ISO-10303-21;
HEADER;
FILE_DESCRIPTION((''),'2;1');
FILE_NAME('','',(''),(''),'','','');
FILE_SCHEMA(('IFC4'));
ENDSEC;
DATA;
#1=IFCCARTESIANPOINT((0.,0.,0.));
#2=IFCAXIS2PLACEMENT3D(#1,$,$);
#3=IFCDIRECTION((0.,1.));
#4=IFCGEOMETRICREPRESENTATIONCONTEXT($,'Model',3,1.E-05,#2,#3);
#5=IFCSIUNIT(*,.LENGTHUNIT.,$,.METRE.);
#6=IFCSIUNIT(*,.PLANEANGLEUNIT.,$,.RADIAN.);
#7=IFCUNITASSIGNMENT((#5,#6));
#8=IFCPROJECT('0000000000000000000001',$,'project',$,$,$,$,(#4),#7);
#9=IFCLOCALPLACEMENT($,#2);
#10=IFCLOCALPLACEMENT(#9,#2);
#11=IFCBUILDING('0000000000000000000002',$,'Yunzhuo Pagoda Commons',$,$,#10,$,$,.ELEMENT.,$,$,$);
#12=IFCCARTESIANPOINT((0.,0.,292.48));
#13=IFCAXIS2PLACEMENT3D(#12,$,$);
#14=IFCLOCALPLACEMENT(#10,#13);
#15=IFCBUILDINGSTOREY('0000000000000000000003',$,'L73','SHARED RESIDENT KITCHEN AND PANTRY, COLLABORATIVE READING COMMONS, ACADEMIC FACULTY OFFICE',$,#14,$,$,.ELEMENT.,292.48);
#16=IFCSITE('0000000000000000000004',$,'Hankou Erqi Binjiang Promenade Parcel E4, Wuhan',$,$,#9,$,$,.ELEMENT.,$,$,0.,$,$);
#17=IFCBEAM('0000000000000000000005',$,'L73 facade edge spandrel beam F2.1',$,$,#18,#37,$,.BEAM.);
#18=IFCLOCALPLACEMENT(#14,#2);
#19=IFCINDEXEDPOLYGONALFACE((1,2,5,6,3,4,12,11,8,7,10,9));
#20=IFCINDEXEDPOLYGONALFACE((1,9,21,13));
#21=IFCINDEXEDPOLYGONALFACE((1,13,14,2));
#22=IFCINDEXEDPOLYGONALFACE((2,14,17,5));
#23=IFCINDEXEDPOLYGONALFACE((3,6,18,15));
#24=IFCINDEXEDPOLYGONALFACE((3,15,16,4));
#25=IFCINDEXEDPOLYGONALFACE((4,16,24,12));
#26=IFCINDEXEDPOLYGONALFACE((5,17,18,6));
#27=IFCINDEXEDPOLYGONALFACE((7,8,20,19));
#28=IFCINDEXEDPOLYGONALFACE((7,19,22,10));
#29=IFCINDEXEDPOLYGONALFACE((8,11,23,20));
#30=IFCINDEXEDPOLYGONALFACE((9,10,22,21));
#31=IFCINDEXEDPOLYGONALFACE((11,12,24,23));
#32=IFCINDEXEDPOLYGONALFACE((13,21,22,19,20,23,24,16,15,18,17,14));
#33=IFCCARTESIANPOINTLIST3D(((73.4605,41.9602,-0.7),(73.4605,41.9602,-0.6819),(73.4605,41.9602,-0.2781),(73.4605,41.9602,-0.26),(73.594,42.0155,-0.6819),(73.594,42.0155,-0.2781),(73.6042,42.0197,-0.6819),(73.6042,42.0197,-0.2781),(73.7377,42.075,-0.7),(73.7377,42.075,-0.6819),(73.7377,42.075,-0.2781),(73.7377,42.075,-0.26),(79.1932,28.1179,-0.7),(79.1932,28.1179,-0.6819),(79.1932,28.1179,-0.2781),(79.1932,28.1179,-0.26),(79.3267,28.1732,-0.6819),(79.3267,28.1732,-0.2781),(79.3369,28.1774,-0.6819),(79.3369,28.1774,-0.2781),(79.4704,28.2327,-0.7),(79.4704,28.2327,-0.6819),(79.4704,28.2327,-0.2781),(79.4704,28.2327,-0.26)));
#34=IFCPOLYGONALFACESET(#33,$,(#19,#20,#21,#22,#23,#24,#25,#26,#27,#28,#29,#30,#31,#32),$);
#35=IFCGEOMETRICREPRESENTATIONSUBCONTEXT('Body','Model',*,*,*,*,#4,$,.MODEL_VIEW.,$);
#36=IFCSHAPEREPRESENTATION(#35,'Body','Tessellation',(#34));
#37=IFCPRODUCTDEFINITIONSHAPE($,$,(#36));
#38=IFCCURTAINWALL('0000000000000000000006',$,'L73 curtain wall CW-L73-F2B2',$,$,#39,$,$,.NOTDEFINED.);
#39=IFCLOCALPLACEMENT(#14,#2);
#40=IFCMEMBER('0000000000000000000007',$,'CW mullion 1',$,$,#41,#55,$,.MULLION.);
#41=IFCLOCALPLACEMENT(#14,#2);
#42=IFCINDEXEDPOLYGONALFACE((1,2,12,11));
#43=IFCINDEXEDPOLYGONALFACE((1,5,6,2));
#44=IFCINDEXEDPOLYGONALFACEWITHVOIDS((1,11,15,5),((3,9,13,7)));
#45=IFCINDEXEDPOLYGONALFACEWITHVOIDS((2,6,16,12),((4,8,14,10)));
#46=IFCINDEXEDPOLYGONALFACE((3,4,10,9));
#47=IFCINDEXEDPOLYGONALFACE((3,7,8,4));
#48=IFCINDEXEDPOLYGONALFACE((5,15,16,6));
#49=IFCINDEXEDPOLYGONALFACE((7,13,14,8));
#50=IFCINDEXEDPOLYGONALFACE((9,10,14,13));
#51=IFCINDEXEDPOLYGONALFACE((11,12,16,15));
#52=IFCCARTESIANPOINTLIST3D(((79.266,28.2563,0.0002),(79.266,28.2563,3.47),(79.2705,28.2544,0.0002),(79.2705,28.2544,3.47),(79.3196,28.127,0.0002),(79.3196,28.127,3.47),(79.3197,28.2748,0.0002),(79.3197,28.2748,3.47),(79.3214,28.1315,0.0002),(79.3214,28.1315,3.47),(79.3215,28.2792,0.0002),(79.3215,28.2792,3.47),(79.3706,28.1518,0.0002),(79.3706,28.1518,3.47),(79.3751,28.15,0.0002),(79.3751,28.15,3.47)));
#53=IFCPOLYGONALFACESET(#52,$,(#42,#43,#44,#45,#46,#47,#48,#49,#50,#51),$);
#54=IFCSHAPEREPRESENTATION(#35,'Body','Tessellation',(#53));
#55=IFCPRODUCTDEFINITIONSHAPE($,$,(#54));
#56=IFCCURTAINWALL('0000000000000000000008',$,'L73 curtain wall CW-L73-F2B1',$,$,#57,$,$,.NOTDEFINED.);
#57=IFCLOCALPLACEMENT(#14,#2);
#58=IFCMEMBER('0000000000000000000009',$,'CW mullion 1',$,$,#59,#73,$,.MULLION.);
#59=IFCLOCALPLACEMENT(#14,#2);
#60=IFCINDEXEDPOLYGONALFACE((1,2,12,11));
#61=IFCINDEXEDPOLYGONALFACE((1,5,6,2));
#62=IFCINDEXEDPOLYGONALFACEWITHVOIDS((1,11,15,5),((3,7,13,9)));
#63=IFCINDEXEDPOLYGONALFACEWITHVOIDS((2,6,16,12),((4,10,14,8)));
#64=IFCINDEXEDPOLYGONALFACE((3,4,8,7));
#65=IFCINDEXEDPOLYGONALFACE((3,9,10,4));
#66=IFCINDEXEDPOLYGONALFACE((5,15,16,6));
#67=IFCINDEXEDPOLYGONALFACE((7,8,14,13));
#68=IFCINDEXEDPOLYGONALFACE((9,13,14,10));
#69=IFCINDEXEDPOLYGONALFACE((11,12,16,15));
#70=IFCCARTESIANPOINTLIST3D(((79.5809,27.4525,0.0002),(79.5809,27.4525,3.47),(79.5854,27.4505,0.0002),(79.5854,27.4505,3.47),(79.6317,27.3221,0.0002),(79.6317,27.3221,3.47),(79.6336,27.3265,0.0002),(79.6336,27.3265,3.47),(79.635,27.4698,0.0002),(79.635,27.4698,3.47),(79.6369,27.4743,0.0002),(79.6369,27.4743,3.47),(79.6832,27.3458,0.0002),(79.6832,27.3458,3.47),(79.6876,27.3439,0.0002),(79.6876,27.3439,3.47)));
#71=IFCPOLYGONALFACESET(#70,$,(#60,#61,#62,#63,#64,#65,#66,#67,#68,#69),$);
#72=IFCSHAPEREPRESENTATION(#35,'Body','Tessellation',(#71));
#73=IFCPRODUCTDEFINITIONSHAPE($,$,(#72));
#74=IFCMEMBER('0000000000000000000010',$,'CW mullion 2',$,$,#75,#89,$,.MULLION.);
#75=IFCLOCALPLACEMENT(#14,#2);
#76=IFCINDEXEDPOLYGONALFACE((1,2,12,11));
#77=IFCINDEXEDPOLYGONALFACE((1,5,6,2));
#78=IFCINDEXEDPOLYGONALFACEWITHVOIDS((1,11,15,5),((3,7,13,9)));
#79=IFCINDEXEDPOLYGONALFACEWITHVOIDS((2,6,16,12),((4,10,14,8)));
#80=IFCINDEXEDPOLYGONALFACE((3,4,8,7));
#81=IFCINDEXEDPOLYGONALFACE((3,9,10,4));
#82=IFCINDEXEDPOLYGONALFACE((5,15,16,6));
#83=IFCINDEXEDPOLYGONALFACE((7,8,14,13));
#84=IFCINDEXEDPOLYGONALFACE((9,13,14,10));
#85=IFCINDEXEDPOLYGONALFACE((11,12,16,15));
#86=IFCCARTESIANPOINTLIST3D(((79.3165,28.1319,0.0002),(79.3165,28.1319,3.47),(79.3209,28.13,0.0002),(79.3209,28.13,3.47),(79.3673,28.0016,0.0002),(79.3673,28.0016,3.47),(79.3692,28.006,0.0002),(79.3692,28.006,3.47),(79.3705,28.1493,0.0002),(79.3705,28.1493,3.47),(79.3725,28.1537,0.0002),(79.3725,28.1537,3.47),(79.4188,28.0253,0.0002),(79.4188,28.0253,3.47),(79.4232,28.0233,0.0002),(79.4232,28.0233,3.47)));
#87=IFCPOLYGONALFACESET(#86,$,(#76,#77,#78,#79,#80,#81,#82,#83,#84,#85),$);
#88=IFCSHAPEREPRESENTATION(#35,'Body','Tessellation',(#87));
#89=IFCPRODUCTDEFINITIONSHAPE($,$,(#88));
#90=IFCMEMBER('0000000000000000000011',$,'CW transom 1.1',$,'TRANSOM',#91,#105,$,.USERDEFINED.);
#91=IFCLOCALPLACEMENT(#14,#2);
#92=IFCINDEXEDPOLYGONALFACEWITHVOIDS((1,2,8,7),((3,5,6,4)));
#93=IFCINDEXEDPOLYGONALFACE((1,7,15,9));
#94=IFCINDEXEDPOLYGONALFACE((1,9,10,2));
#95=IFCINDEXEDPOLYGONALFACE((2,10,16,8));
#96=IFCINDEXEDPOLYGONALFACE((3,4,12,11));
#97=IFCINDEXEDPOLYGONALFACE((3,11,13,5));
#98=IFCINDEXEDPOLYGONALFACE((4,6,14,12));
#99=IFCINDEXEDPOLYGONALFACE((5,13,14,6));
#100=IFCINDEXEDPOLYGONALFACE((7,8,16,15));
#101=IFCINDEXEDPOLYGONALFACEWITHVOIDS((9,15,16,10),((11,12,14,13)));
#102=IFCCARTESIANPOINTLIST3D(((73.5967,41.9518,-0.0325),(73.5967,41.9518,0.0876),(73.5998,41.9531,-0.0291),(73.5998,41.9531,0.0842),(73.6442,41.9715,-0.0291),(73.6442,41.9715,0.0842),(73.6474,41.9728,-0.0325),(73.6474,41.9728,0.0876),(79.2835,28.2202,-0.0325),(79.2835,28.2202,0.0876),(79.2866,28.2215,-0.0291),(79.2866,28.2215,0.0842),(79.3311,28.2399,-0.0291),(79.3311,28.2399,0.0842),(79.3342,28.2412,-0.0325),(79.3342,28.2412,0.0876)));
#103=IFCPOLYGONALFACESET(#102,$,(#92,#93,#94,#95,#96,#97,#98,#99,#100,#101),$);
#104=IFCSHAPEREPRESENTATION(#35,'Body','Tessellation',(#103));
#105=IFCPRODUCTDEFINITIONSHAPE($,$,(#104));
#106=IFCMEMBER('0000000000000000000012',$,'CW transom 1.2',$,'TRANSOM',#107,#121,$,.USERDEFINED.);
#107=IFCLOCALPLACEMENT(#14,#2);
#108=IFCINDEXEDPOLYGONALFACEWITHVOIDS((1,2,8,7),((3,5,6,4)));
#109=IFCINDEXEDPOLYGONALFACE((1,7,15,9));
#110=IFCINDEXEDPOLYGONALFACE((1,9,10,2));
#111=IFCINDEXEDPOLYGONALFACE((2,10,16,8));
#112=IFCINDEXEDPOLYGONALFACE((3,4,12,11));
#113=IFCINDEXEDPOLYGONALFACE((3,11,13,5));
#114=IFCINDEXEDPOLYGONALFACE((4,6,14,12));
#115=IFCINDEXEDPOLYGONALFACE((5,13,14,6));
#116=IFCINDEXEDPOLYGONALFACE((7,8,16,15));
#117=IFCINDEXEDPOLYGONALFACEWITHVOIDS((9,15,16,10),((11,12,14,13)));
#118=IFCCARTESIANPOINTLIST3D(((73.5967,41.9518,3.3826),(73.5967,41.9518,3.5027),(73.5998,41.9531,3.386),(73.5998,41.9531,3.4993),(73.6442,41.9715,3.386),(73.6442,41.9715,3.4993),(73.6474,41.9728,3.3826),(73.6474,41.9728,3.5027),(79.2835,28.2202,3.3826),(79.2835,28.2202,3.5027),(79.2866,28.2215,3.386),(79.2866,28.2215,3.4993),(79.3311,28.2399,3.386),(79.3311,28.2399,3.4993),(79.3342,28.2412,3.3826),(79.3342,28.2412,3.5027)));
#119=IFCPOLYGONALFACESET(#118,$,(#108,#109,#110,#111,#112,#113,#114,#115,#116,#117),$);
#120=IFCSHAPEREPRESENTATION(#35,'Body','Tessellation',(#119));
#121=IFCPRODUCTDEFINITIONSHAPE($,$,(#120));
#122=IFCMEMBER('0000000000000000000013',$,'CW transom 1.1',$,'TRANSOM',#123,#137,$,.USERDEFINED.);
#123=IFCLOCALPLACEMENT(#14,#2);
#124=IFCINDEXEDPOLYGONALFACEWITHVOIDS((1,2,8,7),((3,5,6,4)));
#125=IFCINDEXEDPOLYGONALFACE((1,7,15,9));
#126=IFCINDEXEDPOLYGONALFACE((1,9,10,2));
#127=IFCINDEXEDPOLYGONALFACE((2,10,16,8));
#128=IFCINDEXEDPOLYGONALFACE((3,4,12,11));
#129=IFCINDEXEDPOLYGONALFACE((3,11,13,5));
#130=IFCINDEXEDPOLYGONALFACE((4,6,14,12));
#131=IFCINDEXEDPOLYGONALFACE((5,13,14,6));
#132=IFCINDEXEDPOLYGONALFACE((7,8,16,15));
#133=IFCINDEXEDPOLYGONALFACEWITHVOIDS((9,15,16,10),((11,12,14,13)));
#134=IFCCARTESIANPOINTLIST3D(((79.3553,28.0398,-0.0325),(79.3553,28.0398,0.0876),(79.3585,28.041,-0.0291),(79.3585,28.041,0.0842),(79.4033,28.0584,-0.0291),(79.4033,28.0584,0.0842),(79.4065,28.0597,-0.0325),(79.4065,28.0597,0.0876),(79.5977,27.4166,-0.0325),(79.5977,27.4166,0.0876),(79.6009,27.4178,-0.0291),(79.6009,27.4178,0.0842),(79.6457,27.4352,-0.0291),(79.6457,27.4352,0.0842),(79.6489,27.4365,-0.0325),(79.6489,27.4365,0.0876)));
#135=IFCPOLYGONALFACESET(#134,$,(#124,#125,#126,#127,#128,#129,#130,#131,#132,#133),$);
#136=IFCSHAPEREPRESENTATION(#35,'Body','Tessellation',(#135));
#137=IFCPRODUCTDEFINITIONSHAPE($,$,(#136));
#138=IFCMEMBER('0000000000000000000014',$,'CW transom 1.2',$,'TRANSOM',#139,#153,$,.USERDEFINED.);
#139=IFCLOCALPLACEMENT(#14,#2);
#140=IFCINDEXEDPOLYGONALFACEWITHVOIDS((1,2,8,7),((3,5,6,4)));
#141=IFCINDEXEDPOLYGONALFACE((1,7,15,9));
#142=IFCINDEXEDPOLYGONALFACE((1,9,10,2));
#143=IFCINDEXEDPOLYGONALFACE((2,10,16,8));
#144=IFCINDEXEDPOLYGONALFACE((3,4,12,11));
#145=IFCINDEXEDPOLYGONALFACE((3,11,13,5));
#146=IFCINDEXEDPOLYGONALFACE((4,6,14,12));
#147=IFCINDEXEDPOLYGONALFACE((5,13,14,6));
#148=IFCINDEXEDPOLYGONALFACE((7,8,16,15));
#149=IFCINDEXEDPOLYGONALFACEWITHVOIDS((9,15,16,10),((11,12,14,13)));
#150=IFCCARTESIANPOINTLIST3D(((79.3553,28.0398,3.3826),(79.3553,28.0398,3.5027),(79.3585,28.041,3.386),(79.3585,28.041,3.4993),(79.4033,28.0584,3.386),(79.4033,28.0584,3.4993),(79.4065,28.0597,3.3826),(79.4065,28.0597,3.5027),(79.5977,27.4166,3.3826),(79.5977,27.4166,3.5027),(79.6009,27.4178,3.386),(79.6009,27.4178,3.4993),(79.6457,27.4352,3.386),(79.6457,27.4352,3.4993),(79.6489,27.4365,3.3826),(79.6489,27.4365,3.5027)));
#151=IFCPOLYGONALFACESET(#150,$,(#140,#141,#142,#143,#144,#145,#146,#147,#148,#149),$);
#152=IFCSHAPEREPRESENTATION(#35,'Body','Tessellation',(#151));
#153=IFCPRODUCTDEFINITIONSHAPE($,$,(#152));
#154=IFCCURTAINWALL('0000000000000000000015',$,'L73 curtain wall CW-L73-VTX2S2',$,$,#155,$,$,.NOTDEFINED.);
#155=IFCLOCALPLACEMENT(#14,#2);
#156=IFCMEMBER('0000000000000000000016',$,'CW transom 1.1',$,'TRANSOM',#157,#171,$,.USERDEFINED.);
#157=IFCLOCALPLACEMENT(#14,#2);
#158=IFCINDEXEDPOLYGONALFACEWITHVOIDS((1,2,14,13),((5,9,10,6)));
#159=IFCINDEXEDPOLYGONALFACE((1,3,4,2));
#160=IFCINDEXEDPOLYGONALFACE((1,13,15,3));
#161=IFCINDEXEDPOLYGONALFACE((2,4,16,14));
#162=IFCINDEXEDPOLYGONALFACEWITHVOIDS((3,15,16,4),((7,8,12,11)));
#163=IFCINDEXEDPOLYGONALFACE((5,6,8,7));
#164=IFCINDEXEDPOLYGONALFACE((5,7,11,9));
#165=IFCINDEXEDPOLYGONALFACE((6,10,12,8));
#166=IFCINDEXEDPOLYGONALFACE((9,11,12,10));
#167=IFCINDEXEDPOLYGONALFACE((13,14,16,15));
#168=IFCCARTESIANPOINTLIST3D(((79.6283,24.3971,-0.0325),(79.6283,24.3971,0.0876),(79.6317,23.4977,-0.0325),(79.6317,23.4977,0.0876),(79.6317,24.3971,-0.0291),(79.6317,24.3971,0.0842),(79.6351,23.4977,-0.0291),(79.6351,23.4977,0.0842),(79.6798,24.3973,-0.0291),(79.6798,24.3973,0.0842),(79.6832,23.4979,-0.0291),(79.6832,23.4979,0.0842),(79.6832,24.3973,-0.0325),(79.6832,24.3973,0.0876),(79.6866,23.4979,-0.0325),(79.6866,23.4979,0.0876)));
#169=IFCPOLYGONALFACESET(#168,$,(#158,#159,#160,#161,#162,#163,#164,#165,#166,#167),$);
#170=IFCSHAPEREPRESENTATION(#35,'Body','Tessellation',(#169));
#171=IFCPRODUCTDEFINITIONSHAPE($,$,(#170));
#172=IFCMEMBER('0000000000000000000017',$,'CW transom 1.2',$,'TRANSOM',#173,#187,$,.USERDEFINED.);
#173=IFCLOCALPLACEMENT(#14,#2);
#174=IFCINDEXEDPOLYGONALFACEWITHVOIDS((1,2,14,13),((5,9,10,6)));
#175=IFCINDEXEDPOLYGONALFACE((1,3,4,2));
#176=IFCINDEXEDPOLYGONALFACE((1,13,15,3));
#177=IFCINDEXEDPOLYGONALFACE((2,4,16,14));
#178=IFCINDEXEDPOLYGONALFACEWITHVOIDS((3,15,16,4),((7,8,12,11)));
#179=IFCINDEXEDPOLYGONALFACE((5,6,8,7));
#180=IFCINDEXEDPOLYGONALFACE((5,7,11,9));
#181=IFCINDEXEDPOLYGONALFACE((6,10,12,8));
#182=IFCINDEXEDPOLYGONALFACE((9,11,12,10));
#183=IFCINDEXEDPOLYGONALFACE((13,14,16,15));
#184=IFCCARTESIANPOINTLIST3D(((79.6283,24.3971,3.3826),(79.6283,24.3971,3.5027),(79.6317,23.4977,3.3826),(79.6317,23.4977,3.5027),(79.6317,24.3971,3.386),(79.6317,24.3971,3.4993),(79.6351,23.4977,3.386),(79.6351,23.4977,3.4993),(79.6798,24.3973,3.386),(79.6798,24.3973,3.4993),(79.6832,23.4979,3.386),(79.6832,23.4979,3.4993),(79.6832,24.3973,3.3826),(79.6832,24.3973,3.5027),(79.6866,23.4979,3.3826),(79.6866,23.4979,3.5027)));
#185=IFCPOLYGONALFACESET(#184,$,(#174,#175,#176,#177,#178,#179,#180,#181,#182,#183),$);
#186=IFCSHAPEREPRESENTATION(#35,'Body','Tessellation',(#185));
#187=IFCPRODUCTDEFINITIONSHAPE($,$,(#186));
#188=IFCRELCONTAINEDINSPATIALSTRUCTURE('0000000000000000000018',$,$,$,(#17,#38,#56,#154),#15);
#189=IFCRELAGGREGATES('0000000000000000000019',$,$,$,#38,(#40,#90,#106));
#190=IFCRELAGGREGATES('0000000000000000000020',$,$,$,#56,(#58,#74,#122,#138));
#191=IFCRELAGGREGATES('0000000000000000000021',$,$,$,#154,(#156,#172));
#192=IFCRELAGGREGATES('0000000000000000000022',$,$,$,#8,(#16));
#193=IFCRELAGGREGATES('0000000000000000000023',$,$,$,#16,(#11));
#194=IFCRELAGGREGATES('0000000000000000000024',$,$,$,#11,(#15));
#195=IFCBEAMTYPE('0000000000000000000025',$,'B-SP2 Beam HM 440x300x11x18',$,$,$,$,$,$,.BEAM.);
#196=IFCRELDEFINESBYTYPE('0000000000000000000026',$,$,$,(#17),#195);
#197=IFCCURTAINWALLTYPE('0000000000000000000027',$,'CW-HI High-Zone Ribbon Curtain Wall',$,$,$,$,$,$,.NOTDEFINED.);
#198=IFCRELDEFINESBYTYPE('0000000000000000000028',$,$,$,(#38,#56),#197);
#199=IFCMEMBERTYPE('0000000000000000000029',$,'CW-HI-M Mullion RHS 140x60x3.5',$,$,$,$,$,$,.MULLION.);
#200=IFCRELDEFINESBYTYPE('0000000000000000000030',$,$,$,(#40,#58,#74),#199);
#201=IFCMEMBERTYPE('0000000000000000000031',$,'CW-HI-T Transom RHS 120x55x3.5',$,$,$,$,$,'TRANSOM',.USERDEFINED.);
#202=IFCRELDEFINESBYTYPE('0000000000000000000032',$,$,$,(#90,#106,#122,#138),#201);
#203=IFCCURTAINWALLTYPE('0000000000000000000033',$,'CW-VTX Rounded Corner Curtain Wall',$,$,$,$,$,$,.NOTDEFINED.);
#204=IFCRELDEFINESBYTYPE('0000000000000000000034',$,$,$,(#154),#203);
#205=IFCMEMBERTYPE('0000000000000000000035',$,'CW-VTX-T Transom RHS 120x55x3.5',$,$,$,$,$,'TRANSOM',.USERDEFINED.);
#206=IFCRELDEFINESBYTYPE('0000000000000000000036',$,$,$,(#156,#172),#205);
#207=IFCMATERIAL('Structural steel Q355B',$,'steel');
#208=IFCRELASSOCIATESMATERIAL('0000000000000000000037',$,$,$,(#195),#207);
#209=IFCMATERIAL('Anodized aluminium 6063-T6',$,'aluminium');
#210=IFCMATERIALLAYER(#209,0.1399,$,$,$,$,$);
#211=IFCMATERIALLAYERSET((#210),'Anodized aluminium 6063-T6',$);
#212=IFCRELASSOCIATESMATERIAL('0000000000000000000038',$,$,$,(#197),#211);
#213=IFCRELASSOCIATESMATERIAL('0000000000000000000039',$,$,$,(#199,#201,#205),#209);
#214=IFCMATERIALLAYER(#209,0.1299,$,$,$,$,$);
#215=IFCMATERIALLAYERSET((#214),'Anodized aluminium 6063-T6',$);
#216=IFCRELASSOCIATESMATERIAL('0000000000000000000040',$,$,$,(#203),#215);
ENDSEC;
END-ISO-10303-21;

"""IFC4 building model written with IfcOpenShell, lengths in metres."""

from ifc_helpers import new_model, si_unit, direction, frame, origin, origin_2d, place, context, subcontext, project, spatial, hollow_rectangle, i_section, extrude, source, transform, mapped, material, layer, layer_set, material_profile, profile_set, type_object, element, aggregate, save


model = new_model("IFC4")

# Units and contexts
model_context = context("Model", 3, precision=1e-05, world=origin(), true_north=direction((0.0, 1.0)))
body_context = subcontext(model_context, "Body", "Model", "MODEL_VIEW")
ifc_project = project(units=[si_unit("LENGTHUNIT", "METRE"), si_unit("PLANEANGLEUNIT", "RADIAN")], contexts=[model_context])

# Site, building, storey
site_placement = place(None, origin())
site = spatial("IfcSite", under=ifc_project, at=site_placement, Name="Hankou Erqi Binjiang Promenade Parcel E4, Wuhan", CompositionType="ELEMENT", RefElevation=0.0)
building_placement = place(site_placement, origin())
building = spatial("IfcBuilding", under=site, at=building_placement, Name="Yunzhuo Pagoda Commons", CompositionType="ELEMENT")
storey_placement = place(building_placement, frame((0.0, 0.0, 292.48)))
storey = spatial("IfcBuildingStorey", under=building, at=storey_placement, Name="L73", Description="SHARED RESIDENT KITCHEN AND PANTRY, COLLABORATIVE READING COMMONS, ACADEMIC FACULTY OFFICE", CompositionType="ELEMENT", Elevation=292.48)

# Beam
ifc_material_1 = material(Name="Structural steel Q355B", Category="steel")
ifc_material_profile_1 = material_profile(ifc_material_1, i_section(OverallWidth=0.3, OverallDepth=0.4399, WebThickness=0.011, FlangeThickness=0.0181, at=origin_2d()), Name="Structural steel Q355B")
ifc_profile_set_1 = profile_set([ifc_material_profile_1], Name="Structural steel Q355B")
beam_type = type_object("IfcBeamType", Name="B-SP2 Beam HM 440x300x11x18", PredefinedType="BEAM", material=ifc_profile_set_1)
shared_shape_1 = source(origin(), body_context, "Body", "SweptSolid", [
    extrude(i_section(OverallWidth=0.3, OverallDepth=0.4399, WebThickness=0.011, FlangeThickness=0.0181, at=origin_2d()), origin(), (0.0, 0.0, 1.0), 14.9824),
])
beam_placement = place(storey_placement, frame((79.3318, 28.1753, -0.48), z_axis=(-0.382627, 0.923903, 0.0), x_axis=(-0.923903, -0.382627, 0.0)))
element("IfcBeam", 1, at=beam_placement, inside=storey, type_object=beam_type, Name="L73 facade edge spandrel beam F2.1", PredefinedType="BEAM", context=body_context, shape_type="MappedRepresentation", body=[
    mapped(shared_shape_1, transform((0.0, 0.0, 0.0), scale=1.0)),
])

# Curtain wall, member
ifc_material_2 = material(Name="Anodized aluminium 6063-T6", Category="aluminium")
ifc_layer_1 = layer(ifc_material_2, 0.1399)
ifc_layer_set_1 = layer_set([ifc_layer_1], Name="Anodized aluminium 6063-T6")
curtain_wall_type_1 = type_object("IfcCurtainWallType", Name="CW-HI High-Zone Ribbon Curtain Wall", PredefinedType="NOTDEFINED", material=ifc_layer_set_1)
curtain_wall_1_placement = place(storey_placement, origin())
curtain_wall_1 = element("IfcCurtainWall", 2, at=curtain_wall_1_placement, inside=storey, type_object=curtain_wall_type_1, Name="L73 curtain wall CW-L73-F2B2", PredefinedType="NOTDEFINED")
ifc_material_profile_2 = material_profile(ifc_material_2, hollow_rectangle(XDim=0.0601, YDim=0.1399, WallThickness=0.0034, at=origin_2d()), Name="Anodized aluminium 6063-T6")
ifc_profile_set_2 = profile_set([ifc_material_profile_2], Name="Anodized aluminium 6063-T6")
member_type_1 = type_object("IfcMemberType", Name="CW-HI-M Mullion RHS 140x60x3.5", PredefinedType="MULLION", material=ifc_profile_set_2)
shared_shape_2 = source(origin(), body_context, "Body", "SweptSolid", [
    extrude(hollow_rectangle(XDim=0.0601, YDim=0.1399, WallThickness=0.0034, at=origin_2d()), origin(), (0.0, 0.0, 1.0), 3.4697),
])
member_1_placement = place(storey_placement, frame((79.3206, 28.2031, 0.0002), z_axis=(0.0, 0.0, 1.0), x_axis=(-0.923899, -0.382636, 0.0)))
member_1 = element("IfcMember", 3, at=member_1_placement, type_object=member_type_1, Name="CW mullion 1", PredefinedType="MULLION", context=body_context, shape_type="MappedRepresentation", body=[
    mapped(shared_shape_2, transform((0.0, 0.0, 0.0), scale=1.0)),
])

# Curtain wall, members
curtain_wall_2_placement = place(storey_placement, origin())
curtain_wall_2 = element("IfcCurtainWall", 4, at=curtain_wall_2_placement, inside=storey, type_object=curtain_wall_type_1, Name="L73 curtain wall CW-L73-F2B1", PredefinedType="NOTDEFINED")
member_2_placement = place(storey_placement, frame((79.6343, 27.3982, 0.0002), z_axis=(0.0, 0.0, 1.0), x_axis=(-0.931924, -0.362654, 0.0)))
member_2 = element("IfcMember", 5, at=member_2_placement, type_object=member_type_1, Name="CW mullion 1", PredefinedType="MULLION", context=body_context, shape_type="MappedRepresentation", body=[
    mapped(shared_shape_2, transform((0.0, 0.0, 0.0), scale=1.0)),
])
member_3_placement = place(storey_placement, frame((79.3699, 28.0776, 0.0002), z_axis=(0.0, 0.0, 1.0), x_axis=(-0.931924, -0.362654, 0.0)))
member_3 = element("IfcMember", 6, at=member_3_placement, type_object=member_type_1, Name="CW mullion 2", PredefinedType="MULLION", context=body_context, shape_type="MappedRepresentation", body=[
    mapped(shared_shape_2, transform((0.0, 0.0, 0.0), scale=1.0)),
])

# Members
ifc_material_profile_3 = material_profile(ifc_material_2, hollow_rectangle(XDim=0.0549, YDim=0.1201, WallThickness=0.0034, at=origin_2d()), Name="Anodized aluminium 6063-T6")
ifc_profile_set_3 = profile_set([ifc_material_profile_3], Name="Anodized aluminium 6063-T6")
member_type_2 = type_object("IfcMemberType", Name="CW-HI-T Transom RHS 120x55x3.5", ElementType="TRANSOM", PredefinedType="USERDEFINED", material=ifc_profile_set_3)
shared_shape_3 = source(origin(), body_context, "Body", "SweptSolid", [
    extrude(hollow_rectangle(XDim=0.0549, YDim=0.1201, WallThickness=0.0034, at=origin_2d()), origin(), (0.0, 0.0, 1.0), 14.8625),
])
member_4_placement = place(storey_placement, frame((79.3088, 28.2307, 0.0276), z_axis=(-0.382627, 0.923903, 0.0), x_axis=(-0.923903, -0.382627, 0.0)))
member_4 = element("IfcMember", 7, at=member_4_placement, type_object=member_type_2, Name="CW transom 1.1", ObjectType="TRANSOM", PredefinedType="USERDEFINED", context=body_context, shape_type="MappedRepresentation", body=[
    mapped(shared_shape_3, transform((0.0, 0.0, 0.0), scale=1.0)),
])
member_5_placement = place(storey_placement, frame((79.3088, 28.2307, 3.4426), z_axis=(-0.382627, 0.923903, 0.0), x_axis=(-0.923903, -0.382627, 0.0)))
member_5 = element("IfcMember", 8, at=member_5_placement, type_object=member_type_2, Name="CW transom 1.2", ObjectType="TRANSOM", PredefinedType="USERDEFINED", context=body_context, shape_type="MappedRepresentation", body=[
    mapped(shared_shape_3, transform((0.0, 0.0, 0.0), scale=1.0)),
])
aggregate(curtain_wall_1, [member_1, member_4, member_5])
shared_shape_4 = source(origin(), body_context, "Body", "SweptSolid", [
    extrude(hollow_rectangle(XDim=0.0549, YDim=0.1201, WallThickness=0.0034, at=origin_2d()), origin(), (0.0, 0.0, 1.0), 0.6687),
])
member_6_placement = place(storey_placement, frame((79.6233, 27.4265, 0.0276), z_axis=(-0.362499, 0.931984, 0.0), x_axis=(-0.931984, -0.362499, 0.0)))
member_6 = element("IfcMember", 9, at=member_6_placement, type_object=member_type_2, Name="CW transom 1.1", ObjectType="TRANSOM", PredefinedType="USERDEFINED", context=body_context, shape_type="MappedRepresentation", body=[
    mapped(shared_shape_4, transform((0.0, 0.0, 0.0), scale=1.0)),
])
member_7_placement = place(storey_placement, frame((79.6233, 27.4265, 3.4426), z_axis=(-0.362499, 0.931984, 0.0), x_axis=(-0.931984, -0.362499, 0.0)))
member_7 = element("IfcMember", 10, at=member_7_placement, type_object=member_type_2, Name="CW transom 1.2", ObjectType="TRANSOM", PredefinedType="USERDEFINED", context=body_context, shape_type="MappedRepresentation", body=[
    mapped(shared_shape_4, transform((0.0, 0.0, 0.0), scale=1.0)),
])

# Curtain wall, members
ifc_layer_2 = layer(ifc_material_2, 0.1299)
ifc_layer_set_2 = layer_set([ifc_layer_2], Name="Anodized aluminium 6063-T6")
curtain_wall_type_2 = type_object("IfcCurtainWallType", Name="CW-VTX Rounded Corner Curtain Wall", PredefinedType="NOTDEFINED", material=ifc_layer_set_2)
curtain_wall_3_placement = place(storey_placement, origin())
curtain_wall_3 = element("IfcCurtainWall", 11, at=curtain_wall_3_placement, inside=storey, type_object=curtain_wall_type_2, Name="L73 curtain wall CW-L73-VTX2S2", PredefinedType="NOTDEFINED")
ifc_material_profile_4 = material_profile(ifc_material_2, hollow_rectangle(XDim=0.0549, YDim=0.1201, WallThickness=0.0034, at=origin_2d()), Name="Anodized aluminium 6063-T6")
ifc_profile_set_4 = profile_set([ifc_material_profile_4], Name="Anodized aluminium 6063-T6")
member_type_3 = type_object("IfcMemberType", Name="CW-VTX-T Transom RHS 120x55x3.5", ElementType="TRANSOM", PredefinedType="USERDEFINED", material=ifc_profile_set_4)
shared_shape_5 = source(origin(), body_context, "Body", "SweptSolid", [
    extrude(hollow_rectangle(XDim=0.0549, YDim=0.1201, WallThickness=0.0034, at=origin_2d()), origin(), (0.0, 0.0, 1.0), 0.8994),
])
member_8_placement = place(storey_placement, frame((79.6592, 23.4978, 0.0276), z_axis=(-0.0038, 0.999993, 0.0), x_axis=(-0.999993, -0.0038, 0.0)))
member_8 = element("IfcMember", 12, at=member_8_placement, type_object=member_type_3, Name="CW transom 1.1", ObjectType="TRANSOM", PredefinedType="USERDEFINED", context=body_context, shape_type="MappedRepresentation", body=[
    mapped(shared_shape_5, transform((0.0, 0.0, 0.0), scale=1.0)),
])
member_9_placement = place(storey_placement, frame((79.6592, 23.4978, 3.4426), z_axis=(-0.0038, 0.999993, 0.0), x_axis=(-0.999993, -0.0038, 0.0)))
member_9 = element("IfcMember", 13, at=member_9_placement, type_object=member_type_3, Name="CW transom 1.2", ObjectType="TRANSOM", PredefinedType="USERDEFINED", context=body_context, shape_type="MappedRepresentation", body=[
    mapped(shared_shape_5, transform((0.0, 0.0, 0.0), scale=1.0)),
])

aggregate(curtain_wall_2, [member_2, member_3, member_6, member_7])

aggregate(curtain_wall_3, [member_8, member_9])

save(model, "model.ifc")
